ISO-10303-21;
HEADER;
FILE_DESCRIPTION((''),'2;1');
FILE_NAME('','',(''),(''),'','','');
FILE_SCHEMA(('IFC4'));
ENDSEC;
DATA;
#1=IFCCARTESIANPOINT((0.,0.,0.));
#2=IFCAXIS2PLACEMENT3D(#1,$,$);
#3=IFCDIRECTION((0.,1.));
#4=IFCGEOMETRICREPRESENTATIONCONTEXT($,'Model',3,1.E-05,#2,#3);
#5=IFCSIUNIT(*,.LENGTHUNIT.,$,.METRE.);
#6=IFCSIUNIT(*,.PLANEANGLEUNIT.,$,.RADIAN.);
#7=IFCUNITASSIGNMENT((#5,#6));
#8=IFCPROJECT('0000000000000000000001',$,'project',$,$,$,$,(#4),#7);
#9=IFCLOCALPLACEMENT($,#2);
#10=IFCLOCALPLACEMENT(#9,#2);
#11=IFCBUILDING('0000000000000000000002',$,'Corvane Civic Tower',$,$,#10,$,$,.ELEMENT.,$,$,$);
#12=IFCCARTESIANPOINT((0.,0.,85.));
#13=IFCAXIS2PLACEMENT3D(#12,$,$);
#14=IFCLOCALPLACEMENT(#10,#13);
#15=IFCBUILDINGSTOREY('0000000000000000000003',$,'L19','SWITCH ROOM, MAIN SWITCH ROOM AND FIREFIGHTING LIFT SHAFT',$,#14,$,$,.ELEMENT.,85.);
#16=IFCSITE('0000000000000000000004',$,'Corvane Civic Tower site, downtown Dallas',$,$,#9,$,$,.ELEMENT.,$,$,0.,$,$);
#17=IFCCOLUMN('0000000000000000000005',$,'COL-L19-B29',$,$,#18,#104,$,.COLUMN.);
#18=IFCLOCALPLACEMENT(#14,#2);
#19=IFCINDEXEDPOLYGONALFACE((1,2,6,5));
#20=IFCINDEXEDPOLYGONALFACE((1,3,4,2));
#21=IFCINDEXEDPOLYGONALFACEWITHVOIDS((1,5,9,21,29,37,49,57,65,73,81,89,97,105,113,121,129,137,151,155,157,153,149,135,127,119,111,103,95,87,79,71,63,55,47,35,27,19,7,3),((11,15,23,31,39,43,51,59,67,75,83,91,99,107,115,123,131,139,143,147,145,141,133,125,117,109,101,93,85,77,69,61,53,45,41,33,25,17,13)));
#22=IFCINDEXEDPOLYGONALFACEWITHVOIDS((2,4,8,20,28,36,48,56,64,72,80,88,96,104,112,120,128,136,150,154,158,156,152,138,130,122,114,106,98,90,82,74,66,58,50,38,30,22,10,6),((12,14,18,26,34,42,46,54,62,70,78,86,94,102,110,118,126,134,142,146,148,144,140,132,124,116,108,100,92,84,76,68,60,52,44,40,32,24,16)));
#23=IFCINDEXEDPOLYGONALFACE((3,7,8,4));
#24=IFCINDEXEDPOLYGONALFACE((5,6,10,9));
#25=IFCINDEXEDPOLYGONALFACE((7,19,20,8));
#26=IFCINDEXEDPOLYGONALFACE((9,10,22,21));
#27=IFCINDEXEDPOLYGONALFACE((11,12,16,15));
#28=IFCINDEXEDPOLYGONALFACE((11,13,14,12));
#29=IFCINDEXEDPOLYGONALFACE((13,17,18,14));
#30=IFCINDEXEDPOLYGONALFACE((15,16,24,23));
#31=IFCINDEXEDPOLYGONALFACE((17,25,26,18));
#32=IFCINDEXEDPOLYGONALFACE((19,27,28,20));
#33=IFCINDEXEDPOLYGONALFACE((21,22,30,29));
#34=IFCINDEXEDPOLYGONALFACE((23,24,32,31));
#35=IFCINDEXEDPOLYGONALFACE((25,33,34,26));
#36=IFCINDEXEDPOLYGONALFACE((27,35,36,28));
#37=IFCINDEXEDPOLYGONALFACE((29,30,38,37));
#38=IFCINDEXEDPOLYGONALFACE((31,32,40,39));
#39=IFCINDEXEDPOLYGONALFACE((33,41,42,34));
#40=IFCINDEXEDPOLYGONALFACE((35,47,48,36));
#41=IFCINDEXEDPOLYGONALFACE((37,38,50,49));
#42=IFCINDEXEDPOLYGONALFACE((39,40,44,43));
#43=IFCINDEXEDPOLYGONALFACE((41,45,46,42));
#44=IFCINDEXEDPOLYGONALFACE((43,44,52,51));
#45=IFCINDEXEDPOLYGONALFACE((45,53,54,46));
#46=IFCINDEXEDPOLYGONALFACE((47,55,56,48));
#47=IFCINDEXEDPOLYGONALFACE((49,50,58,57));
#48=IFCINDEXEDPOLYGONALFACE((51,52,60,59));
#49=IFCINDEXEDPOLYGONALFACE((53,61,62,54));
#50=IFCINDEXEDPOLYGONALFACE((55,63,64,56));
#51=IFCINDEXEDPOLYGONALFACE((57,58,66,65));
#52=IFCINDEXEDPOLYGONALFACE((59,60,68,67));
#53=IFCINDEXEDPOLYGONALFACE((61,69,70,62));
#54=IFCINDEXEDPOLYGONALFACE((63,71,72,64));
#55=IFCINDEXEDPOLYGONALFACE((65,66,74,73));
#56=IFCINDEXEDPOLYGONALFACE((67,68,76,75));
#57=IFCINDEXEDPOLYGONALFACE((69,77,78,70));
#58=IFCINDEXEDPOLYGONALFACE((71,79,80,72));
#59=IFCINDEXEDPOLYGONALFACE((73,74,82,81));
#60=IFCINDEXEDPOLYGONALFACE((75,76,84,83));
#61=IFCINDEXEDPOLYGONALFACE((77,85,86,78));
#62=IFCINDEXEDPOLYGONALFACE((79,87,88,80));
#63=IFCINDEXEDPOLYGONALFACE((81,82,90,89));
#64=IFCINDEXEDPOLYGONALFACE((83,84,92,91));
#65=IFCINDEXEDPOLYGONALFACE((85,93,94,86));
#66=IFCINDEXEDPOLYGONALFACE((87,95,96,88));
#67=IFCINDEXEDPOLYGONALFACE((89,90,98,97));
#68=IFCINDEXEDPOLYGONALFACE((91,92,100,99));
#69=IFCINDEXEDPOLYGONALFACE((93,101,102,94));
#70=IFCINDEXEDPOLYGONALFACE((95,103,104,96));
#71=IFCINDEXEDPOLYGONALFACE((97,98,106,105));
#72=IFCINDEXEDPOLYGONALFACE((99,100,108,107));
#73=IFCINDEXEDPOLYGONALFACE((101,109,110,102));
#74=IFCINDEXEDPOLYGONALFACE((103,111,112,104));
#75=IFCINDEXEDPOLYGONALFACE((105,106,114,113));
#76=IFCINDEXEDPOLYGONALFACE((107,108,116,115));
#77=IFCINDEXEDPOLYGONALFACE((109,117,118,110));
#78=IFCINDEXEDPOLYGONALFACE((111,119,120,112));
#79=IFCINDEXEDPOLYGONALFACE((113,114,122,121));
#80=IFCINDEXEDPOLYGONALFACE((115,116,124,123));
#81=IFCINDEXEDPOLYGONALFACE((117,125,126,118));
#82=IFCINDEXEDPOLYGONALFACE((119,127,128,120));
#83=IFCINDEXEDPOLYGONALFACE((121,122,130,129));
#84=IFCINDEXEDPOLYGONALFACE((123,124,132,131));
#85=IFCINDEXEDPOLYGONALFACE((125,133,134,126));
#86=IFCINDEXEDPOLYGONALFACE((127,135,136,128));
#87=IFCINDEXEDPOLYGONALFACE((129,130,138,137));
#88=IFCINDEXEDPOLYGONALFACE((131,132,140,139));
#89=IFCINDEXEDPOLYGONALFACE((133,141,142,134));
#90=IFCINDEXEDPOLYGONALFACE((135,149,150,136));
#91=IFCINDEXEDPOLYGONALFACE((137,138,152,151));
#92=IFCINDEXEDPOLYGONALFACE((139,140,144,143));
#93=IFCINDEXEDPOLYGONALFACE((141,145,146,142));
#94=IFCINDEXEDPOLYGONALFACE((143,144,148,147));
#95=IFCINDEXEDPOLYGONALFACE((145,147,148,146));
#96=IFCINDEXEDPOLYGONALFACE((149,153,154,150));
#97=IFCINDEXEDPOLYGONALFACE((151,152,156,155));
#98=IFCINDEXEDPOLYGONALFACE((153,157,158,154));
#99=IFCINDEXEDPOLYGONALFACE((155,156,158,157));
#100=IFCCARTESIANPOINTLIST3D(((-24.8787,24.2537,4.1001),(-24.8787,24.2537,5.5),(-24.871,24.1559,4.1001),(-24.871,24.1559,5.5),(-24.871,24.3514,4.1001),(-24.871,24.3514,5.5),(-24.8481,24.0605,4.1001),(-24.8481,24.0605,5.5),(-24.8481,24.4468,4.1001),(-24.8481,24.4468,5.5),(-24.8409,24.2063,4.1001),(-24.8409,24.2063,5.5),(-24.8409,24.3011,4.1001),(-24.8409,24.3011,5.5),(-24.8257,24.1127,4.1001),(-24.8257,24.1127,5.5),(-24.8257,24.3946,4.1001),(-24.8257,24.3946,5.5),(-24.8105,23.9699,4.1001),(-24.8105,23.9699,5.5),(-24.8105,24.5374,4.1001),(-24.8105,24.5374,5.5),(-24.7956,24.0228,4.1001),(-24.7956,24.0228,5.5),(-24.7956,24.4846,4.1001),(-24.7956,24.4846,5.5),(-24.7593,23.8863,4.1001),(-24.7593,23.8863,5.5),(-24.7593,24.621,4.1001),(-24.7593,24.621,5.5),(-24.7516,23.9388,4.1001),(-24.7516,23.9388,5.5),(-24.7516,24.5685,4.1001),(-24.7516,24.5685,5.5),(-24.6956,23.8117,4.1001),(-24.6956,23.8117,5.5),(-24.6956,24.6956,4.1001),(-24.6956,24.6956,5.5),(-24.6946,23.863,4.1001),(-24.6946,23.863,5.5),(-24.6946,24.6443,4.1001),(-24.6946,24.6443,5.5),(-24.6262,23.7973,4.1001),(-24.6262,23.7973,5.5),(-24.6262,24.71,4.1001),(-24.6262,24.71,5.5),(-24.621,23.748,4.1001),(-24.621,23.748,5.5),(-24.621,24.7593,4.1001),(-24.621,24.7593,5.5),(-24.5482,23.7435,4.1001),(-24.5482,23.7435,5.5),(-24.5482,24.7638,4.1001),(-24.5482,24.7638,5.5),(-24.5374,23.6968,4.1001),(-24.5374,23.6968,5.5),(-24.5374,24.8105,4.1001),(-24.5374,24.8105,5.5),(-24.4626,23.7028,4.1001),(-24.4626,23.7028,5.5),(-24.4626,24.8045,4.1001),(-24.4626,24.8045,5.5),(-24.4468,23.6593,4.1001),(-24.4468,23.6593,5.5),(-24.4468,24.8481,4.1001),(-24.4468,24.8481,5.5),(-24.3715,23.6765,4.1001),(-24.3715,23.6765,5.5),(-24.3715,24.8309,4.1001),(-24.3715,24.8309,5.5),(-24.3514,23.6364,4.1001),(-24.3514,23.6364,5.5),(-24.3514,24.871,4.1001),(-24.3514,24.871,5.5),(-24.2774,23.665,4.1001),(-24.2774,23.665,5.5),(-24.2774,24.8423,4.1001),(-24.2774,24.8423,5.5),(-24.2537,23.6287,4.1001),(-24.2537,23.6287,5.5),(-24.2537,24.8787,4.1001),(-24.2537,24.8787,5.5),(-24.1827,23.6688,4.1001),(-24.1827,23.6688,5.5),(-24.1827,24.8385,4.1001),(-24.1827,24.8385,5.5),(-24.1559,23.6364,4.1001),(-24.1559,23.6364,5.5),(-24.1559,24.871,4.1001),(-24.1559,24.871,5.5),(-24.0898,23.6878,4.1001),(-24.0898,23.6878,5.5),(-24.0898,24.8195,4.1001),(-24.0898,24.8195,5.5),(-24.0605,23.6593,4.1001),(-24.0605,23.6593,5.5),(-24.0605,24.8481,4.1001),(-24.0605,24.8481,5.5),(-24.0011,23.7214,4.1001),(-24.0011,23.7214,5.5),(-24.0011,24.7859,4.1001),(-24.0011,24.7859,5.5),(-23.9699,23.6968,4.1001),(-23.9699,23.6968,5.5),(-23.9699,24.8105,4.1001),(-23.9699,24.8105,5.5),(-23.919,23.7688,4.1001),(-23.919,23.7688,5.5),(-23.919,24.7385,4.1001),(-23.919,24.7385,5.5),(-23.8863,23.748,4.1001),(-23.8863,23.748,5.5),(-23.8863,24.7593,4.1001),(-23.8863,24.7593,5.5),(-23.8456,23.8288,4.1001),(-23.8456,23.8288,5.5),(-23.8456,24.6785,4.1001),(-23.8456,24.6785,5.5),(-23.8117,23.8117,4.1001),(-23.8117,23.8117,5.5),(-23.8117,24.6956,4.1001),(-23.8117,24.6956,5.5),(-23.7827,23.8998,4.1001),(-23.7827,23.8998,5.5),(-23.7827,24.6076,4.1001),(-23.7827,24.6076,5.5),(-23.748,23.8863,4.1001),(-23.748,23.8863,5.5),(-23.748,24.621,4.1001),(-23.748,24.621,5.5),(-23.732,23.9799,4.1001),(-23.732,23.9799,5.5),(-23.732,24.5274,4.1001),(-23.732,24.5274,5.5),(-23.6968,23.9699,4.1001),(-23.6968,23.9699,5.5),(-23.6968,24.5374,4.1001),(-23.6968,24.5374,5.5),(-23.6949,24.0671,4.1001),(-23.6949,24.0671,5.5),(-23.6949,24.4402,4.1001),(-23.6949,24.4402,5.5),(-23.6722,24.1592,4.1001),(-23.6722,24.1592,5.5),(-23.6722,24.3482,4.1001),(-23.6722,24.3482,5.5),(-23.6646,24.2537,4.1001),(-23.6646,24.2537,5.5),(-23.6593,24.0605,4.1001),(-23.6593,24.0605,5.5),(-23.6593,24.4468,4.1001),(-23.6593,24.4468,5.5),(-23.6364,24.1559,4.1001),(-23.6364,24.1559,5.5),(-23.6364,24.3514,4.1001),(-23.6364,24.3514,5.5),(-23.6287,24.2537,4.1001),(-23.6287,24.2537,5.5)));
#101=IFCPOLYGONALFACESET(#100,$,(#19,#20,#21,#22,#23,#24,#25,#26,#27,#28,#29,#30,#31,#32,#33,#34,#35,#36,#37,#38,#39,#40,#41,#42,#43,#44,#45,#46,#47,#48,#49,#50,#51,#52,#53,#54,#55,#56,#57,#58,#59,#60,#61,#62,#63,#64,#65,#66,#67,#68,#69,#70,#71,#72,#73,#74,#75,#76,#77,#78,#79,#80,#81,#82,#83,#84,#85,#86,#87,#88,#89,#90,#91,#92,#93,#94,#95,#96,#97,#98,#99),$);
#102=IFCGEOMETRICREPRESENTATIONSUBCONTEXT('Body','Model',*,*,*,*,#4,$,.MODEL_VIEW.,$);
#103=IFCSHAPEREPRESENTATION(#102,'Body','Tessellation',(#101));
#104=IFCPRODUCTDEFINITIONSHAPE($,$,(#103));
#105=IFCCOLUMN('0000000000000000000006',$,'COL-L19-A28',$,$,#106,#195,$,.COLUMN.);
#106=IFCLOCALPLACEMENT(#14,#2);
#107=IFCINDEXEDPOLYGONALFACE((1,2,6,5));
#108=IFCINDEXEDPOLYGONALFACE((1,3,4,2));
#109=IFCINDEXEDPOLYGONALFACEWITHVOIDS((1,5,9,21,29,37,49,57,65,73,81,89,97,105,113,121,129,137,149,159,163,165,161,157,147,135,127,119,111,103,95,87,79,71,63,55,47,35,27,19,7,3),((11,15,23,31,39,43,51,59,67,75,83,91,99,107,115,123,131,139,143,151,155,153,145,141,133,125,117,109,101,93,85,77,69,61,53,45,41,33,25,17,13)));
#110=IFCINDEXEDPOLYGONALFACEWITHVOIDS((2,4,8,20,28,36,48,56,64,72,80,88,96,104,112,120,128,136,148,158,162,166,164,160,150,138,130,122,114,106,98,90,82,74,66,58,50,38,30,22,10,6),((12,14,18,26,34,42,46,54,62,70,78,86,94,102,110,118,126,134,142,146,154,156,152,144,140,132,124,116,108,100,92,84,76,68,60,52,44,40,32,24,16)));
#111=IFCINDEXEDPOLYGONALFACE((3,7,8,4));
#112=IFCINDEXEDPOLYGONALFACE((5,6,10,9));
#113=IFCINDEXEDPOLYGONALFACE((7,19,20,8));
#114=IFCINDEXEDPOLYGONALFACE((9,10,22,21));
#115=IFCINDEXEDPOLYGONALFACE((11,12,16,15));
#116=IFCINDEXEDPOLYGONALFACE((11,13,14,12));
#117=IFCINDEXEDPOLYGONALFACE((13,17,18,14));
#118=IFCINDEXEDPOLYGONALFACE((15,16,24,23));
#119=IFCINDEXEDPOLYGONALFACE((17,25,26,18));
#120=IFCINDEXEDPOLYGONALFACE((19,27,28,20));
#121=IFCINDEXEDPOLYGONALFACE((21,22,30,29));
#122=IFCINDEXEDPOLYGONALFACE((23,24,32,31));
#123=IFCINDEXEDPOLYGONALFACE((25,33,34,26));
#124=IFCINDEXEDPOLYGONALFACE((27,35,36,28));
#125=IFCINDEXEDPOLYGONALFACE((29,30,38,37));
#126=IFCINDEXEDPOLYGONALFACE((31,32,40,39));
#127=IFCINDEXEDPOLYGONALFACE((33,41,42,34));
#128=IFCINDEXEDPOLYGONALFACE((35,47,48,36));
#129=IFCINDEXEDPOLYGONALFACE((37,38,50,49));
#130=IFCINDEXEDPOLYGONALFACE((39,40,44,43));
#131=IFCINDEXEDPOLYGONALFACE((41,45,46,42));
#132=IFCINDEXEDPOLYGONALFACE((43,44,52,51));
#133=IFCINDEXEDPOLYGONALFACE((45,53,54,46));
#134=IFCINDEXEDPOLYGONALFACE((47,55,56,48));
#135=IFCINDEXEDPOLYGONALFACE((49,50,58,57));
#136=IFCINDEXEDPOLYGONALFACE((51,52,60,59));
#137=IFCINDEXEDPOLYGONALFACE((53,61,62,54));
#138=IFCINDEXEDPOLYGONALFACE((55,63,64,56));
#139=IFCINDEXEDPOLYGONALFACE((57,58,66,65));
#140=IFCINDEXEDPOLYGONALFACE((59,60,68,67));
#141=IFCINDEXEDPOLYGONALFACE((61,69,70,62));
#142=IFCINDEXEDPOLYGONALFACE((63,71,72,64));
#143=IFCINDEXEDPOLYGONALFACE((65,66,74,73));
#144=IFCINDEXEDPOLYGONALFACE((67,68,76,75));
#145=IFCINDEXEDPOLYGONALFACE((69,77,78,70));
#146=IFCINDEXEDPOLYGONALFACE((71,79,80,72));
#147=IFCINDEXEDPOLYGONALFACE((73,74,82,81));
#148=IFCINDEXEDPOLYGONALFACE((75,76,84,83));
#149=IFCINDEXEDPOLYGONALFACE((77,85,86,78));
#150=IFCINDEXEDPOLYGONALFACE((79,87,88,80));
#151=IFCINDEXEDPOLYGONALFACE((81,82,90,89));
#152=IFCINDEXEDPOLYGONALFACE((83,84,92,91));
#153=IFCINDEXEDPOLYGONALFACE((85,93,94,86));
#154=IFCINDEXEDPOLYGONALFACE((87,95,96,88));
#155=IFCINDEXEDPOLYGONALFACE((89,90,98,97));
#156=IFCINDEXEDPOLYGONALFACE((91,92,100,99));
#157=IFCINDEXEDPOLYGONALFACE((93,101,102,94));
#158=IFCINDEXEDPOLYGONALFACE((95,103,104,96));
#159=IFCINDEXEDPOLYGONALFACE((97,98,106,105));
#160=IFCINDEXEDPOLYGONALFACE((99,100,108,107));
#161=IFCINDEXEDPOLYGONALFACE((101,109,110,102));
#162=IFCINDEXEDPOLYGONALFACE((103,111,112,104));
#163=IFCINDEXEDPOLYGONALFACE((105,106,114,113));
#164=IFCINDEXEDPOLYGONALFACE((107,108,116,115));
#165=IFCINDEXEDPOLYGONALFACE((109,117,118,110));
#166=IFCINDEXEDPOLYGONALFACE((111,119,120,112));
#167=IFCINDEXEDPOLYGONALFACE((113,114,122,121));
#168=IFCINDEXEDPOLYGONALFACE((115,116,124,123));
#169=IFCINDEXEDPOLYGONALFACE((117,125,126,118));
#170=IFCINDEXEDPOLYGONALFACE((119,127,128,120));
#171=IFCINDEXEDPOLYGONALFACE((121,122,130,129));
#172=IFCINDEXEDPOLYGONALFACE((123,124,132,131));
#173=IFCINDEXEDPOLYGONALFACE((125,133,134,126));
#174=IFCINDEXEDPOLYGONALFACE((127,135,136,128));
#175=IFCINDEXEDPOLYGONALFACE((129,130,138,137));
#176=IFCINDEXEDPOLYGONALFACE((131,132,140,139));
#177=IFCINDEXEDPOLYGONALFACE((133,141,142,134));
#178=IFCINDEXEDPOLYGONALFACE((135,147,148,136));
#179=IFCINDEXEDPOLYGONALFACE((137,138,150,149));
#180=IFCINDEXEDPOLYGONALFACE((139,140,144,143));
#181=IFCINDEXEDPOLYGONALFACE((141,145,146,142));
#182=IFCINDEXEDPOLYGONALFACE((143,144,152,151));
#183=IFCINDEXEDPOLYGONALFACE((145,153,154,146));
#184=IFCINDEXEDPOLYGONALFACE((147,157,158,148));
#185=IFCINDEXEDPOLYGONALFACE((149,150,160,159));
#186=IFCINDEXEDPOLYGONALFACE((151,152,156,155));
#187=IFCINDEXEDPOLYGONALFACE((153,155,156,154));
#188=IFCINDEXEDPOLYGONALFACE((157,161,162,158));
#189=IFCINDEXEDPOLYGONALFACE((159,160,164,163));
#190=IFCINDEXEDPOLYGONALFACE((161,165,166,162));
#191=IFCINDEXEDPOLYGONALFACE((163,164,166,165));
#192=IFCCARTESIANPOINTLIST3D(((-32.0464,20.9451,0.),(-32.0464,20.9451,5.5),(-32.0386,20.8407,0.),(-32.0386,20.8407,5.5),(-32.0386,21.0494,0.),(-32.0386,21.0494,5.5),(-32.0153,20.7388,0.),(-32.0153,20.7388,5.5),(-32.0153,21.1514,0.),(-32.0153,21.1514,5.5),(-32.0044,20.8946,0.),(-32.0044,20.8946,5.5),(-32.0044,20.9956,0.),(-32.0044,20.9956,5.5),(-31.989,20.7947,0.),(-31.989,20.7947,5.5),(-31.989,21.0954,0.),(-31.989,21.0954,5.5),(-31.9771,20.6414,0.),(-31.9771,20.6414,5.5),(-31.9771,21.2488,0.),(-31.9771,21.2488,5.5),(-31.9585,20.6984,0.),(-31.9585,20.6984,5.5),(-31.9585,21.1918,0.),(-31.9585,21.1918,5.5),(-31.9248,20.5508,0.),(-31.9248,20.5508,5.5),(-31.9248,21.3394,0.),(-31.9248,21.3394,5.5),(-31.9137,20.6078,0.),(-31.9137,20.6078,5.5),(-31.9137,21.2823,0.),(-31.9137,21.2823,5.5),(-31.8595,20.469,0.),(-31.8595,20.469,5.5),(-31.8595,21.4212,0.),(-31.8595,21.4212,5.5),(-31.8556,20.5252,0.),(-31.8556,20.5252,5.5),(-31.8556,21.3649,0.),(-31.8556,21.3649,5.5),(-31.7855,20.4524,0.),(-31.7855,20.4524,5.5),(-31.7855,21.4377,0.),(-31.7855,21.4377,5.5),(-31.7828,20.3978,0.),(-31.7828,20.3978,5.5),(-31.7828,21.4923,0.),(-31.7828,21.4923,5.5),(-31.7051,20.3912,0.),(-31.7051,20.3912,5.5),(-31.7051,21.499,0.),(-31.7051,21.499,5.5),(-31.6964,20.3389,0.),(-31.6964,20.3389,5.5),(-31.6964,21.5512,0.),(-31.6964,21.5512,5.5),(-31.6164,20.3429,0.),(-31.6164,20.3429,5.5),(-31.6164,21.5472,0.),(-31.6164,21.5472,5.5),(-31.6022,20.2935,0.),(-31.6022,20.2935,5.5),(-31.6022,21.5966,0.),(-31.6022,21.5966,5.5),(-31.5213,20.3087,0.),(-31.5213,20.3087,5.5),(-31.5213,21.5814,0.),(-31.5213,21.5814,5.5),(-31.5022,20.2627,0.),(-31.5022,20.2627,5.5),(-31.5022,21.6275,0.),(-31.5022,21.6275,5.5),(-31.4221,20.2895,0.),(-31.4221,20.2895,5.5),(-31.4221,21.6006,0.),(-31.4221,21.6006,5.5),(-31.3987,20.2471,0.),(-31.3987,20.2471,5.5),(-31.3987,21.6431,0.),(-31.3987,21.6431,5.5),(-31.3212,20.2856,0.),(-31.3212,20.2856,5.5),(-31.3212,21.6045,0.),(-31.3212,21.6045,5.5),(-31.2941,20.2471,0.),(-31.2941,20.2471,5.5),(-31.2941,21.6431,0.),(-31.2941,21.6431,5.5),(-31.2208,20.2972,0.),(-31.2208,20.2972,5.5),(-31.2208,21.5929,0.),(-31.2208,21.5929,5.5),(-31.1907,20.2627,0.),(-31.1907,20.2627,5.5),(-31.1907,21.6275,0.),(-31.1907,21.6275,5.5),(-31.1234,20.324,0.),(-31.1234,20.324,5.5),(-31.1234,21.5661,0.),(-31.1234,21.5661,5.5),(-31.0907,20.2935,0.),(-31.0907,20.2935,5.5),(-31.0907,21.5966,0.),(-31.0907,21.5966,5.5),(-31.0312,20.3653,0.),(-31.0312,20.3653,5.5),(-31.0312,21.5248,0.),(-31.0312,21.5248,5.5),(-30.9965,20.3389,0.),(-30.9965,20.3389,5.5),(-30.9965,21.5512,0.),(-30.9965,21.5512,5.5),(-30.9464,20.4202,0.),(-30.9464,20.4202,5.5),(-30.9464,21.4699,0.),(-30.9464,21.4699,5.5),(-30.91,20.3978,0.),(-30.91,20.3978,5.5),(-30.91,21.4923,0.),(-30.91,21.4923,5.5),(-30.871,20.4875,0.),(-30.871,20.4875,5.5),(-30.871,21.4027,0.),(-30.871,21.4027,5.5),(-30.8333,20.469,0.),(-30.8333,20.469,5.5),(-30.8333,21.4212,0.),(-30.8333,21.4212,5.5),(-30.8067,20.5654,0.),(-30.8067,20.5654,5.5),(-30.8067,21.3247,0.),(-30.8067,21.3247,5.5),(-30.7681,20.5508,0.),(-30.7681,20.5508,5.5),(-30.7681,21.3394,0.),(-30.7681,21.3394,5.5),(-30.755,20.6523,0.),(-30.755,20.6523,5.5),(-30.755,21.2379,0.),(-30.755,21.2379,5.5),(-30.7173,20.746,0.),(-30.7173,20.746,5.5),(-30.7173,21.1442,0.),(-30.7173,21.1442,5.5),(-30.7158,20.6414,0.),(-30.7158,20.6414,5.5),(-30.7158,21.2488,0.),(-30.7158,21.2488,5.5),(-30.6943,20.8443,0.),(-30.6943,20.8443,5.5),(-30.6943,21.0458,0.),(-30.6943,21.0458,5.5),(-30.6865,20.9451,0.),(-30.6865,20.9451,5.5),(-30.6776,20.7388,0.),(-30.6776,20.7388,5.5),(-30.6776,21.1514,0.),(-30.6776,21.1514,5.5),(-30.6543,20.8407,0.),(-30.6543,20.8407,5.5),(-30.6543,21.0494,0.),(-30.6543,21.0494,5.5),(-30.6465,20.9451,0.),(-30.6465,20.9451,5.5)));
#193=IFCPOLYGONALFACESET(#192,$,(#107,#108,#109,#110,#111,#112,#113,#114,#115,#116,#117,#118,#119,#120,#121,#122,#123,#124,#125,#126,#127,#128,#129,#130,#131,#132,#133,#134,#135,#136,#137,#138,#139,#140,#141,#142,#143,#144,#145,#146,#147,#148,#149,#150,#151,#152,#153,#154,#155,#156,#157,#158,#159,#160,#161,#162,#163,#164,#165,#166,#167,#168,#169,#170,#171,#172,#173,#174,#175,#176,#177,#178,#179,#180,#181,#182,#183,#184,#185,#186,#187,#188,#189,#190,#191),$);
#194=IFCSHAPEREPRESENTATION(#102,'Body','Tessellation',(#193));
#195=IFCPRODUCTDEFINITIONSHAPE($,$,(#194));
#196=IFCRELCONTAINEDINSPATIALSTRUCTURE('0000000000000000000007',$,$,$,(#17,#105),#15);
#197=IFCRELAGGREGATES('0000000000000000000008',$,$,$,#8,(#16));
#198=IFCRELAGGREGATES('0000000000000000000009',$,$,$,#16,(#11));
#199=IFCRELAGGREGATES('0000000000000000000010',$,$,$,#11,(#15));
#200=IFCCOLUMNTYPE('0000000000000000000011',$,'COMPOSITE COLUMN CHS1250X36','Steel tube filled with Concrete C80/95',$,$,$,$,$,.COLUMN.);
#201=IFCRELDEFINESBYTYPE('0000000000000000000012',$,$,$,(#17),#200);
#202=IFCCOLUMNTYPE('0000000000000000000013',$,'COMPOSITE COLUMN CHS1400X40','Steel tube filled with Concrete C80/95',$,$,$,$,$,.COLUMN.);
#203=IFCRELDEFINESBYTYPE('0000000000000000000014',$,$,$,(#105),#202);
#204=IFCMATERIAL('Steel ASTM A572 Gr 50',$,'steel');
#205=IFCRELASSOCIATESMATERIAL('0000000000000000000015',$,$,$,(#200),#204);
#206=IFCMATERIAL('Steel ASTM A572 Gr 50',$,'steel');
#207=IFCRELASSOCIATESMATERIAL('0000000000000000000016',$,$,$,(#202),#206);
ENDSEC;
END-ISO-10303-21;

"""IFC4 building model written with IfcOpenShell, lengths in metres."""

from ifc_helpers import new_model, si_unit, direction, frame, origin, origin_2d, place, context, subcontext, project, spatial, hollow_circle, extrude, material, material_profile, profile_set, type_object, element, save


model = new_model("IFC4")

# Units and contexts
model_context = context("Model", 3, precision=1e-05, world=origin(), true_north=direction((0.0, 1.0)))
body_context = subcontext(model_context, "Body", "Model", "MODEL_VIEW")
ifc_project = project(units=[si_unit("LENGTHUNIT", "METRE"), si_unit("PLANEANGLEUNIT", "RADIAN")], contexts=[model_context])

# Site, building, storey
site_placement = place(None, origin())
site = spatial("IfcSite", under=ifc_project, at=site_placement, Name="Corvane Civic Tower site, downtown Dallas", CompositionType="ELEMENT", RefElevation=0.0)
building_placement = place(site_placement, origin())
building = spatial("IfcBuilding", under=site, at=building_placement, Name="Corvane Civic Tower", CompositionType="ELEMENT")
storey_placement = place(building_placement, frame((0.0, 0.0, 85.0)))
storey = spatial("IfcBuildingStorey", under=building, at=storey_placement, Name="L19", Description="SWITCH ROOM, MAIN SWITCH ROOM AND FIREFIGHTING LIFT SHAFT", CompositionType="ELEMENT", Elevation=85.0)

# Columns
ifc_material_1 = material(Name="Steel ASTM A572 Gr 50", Category="steel")
ifc_material_profile_1 = material_profile(ifc_material_1, hollow_circle(Radius=0.625, WallThickness=0.0359, at=origin_2d()), Name="CHS1250X36")
ifc_profile_set_1 = profile_set([ifc_material_profile_1], Name="Steel ASTM A572 Gr 50")
column_type_1 = type_object("IfcColumnType", Name="COMPOSITE COLUMN CHS1250X36", Description="Steel tube filled with Concrete C80/95", PredefinedType="COLUMN", material=ifc_profile_set_1)
column_placement = place(storey_placement, frame((-24.2537, 24.2537, 4.1001), z_axis=(0.0, 0.0, 1.0), x_axis=(1.0, 0.0, 0.0)))
element("IfcColumn", 1, at=column_placement, inside=storey, type_object=column_type_1, Name="COL-L19-B29", PredefinedType="COLUMN", context=body_context, shape_type="SweptSolid", body=[
    extrude(hollow_circle(Radius=0.625, WallThickness=0.0359, at=origin_2d()), origin(), (0.0, 0.0, 1.0), 1.3999),
])
ifc_material_2 = material(Name="Steel ASTM A572 Gr 50", Category="steel")
ifc_material_profile_2 = material_profile(ifc_material_2, hollow_circle(Radius=0.7, WallThickness=0.04, at=origin_2d()), Name="CHS1400X40")
ifc_profile_set_2 = profile_set([ifc_material_profile_2], Name="Steel ASTM A572 Gr 50")
column_type_2 = type_object("IfcColumnType", Name="COMPOSITE COLUMN CHS1400X40", Description="Steel tube filled with Concrete C80/95", PredefinedType="COLUMN", material=ifc_profile_set_2)
for number, where, z_axis, x_axis, name in (
    (2, (-31.3464, 20.9451, 0.0), (0.0, 0.0, 1.0), (1.0, 0.0, 0.0), "COL-L19-A28"),
):
    element("IfcColumn", number, at=place(storey_placement, frame(where, z_axis=z_axis, x_axis=x_axis)), inside=storey, type_object=column_type_2, Name=name, PredefinedType="COLUMN", context=body_context, shape_type="SweptSolid", body=[
        extrude(hollow_circle(Radius=0.7, WallThickness=0.04, at=origin_2d()), origin(), (0.0, 0.0, 1.0), 5.5),
    ])

save(model, "model.ifc")
